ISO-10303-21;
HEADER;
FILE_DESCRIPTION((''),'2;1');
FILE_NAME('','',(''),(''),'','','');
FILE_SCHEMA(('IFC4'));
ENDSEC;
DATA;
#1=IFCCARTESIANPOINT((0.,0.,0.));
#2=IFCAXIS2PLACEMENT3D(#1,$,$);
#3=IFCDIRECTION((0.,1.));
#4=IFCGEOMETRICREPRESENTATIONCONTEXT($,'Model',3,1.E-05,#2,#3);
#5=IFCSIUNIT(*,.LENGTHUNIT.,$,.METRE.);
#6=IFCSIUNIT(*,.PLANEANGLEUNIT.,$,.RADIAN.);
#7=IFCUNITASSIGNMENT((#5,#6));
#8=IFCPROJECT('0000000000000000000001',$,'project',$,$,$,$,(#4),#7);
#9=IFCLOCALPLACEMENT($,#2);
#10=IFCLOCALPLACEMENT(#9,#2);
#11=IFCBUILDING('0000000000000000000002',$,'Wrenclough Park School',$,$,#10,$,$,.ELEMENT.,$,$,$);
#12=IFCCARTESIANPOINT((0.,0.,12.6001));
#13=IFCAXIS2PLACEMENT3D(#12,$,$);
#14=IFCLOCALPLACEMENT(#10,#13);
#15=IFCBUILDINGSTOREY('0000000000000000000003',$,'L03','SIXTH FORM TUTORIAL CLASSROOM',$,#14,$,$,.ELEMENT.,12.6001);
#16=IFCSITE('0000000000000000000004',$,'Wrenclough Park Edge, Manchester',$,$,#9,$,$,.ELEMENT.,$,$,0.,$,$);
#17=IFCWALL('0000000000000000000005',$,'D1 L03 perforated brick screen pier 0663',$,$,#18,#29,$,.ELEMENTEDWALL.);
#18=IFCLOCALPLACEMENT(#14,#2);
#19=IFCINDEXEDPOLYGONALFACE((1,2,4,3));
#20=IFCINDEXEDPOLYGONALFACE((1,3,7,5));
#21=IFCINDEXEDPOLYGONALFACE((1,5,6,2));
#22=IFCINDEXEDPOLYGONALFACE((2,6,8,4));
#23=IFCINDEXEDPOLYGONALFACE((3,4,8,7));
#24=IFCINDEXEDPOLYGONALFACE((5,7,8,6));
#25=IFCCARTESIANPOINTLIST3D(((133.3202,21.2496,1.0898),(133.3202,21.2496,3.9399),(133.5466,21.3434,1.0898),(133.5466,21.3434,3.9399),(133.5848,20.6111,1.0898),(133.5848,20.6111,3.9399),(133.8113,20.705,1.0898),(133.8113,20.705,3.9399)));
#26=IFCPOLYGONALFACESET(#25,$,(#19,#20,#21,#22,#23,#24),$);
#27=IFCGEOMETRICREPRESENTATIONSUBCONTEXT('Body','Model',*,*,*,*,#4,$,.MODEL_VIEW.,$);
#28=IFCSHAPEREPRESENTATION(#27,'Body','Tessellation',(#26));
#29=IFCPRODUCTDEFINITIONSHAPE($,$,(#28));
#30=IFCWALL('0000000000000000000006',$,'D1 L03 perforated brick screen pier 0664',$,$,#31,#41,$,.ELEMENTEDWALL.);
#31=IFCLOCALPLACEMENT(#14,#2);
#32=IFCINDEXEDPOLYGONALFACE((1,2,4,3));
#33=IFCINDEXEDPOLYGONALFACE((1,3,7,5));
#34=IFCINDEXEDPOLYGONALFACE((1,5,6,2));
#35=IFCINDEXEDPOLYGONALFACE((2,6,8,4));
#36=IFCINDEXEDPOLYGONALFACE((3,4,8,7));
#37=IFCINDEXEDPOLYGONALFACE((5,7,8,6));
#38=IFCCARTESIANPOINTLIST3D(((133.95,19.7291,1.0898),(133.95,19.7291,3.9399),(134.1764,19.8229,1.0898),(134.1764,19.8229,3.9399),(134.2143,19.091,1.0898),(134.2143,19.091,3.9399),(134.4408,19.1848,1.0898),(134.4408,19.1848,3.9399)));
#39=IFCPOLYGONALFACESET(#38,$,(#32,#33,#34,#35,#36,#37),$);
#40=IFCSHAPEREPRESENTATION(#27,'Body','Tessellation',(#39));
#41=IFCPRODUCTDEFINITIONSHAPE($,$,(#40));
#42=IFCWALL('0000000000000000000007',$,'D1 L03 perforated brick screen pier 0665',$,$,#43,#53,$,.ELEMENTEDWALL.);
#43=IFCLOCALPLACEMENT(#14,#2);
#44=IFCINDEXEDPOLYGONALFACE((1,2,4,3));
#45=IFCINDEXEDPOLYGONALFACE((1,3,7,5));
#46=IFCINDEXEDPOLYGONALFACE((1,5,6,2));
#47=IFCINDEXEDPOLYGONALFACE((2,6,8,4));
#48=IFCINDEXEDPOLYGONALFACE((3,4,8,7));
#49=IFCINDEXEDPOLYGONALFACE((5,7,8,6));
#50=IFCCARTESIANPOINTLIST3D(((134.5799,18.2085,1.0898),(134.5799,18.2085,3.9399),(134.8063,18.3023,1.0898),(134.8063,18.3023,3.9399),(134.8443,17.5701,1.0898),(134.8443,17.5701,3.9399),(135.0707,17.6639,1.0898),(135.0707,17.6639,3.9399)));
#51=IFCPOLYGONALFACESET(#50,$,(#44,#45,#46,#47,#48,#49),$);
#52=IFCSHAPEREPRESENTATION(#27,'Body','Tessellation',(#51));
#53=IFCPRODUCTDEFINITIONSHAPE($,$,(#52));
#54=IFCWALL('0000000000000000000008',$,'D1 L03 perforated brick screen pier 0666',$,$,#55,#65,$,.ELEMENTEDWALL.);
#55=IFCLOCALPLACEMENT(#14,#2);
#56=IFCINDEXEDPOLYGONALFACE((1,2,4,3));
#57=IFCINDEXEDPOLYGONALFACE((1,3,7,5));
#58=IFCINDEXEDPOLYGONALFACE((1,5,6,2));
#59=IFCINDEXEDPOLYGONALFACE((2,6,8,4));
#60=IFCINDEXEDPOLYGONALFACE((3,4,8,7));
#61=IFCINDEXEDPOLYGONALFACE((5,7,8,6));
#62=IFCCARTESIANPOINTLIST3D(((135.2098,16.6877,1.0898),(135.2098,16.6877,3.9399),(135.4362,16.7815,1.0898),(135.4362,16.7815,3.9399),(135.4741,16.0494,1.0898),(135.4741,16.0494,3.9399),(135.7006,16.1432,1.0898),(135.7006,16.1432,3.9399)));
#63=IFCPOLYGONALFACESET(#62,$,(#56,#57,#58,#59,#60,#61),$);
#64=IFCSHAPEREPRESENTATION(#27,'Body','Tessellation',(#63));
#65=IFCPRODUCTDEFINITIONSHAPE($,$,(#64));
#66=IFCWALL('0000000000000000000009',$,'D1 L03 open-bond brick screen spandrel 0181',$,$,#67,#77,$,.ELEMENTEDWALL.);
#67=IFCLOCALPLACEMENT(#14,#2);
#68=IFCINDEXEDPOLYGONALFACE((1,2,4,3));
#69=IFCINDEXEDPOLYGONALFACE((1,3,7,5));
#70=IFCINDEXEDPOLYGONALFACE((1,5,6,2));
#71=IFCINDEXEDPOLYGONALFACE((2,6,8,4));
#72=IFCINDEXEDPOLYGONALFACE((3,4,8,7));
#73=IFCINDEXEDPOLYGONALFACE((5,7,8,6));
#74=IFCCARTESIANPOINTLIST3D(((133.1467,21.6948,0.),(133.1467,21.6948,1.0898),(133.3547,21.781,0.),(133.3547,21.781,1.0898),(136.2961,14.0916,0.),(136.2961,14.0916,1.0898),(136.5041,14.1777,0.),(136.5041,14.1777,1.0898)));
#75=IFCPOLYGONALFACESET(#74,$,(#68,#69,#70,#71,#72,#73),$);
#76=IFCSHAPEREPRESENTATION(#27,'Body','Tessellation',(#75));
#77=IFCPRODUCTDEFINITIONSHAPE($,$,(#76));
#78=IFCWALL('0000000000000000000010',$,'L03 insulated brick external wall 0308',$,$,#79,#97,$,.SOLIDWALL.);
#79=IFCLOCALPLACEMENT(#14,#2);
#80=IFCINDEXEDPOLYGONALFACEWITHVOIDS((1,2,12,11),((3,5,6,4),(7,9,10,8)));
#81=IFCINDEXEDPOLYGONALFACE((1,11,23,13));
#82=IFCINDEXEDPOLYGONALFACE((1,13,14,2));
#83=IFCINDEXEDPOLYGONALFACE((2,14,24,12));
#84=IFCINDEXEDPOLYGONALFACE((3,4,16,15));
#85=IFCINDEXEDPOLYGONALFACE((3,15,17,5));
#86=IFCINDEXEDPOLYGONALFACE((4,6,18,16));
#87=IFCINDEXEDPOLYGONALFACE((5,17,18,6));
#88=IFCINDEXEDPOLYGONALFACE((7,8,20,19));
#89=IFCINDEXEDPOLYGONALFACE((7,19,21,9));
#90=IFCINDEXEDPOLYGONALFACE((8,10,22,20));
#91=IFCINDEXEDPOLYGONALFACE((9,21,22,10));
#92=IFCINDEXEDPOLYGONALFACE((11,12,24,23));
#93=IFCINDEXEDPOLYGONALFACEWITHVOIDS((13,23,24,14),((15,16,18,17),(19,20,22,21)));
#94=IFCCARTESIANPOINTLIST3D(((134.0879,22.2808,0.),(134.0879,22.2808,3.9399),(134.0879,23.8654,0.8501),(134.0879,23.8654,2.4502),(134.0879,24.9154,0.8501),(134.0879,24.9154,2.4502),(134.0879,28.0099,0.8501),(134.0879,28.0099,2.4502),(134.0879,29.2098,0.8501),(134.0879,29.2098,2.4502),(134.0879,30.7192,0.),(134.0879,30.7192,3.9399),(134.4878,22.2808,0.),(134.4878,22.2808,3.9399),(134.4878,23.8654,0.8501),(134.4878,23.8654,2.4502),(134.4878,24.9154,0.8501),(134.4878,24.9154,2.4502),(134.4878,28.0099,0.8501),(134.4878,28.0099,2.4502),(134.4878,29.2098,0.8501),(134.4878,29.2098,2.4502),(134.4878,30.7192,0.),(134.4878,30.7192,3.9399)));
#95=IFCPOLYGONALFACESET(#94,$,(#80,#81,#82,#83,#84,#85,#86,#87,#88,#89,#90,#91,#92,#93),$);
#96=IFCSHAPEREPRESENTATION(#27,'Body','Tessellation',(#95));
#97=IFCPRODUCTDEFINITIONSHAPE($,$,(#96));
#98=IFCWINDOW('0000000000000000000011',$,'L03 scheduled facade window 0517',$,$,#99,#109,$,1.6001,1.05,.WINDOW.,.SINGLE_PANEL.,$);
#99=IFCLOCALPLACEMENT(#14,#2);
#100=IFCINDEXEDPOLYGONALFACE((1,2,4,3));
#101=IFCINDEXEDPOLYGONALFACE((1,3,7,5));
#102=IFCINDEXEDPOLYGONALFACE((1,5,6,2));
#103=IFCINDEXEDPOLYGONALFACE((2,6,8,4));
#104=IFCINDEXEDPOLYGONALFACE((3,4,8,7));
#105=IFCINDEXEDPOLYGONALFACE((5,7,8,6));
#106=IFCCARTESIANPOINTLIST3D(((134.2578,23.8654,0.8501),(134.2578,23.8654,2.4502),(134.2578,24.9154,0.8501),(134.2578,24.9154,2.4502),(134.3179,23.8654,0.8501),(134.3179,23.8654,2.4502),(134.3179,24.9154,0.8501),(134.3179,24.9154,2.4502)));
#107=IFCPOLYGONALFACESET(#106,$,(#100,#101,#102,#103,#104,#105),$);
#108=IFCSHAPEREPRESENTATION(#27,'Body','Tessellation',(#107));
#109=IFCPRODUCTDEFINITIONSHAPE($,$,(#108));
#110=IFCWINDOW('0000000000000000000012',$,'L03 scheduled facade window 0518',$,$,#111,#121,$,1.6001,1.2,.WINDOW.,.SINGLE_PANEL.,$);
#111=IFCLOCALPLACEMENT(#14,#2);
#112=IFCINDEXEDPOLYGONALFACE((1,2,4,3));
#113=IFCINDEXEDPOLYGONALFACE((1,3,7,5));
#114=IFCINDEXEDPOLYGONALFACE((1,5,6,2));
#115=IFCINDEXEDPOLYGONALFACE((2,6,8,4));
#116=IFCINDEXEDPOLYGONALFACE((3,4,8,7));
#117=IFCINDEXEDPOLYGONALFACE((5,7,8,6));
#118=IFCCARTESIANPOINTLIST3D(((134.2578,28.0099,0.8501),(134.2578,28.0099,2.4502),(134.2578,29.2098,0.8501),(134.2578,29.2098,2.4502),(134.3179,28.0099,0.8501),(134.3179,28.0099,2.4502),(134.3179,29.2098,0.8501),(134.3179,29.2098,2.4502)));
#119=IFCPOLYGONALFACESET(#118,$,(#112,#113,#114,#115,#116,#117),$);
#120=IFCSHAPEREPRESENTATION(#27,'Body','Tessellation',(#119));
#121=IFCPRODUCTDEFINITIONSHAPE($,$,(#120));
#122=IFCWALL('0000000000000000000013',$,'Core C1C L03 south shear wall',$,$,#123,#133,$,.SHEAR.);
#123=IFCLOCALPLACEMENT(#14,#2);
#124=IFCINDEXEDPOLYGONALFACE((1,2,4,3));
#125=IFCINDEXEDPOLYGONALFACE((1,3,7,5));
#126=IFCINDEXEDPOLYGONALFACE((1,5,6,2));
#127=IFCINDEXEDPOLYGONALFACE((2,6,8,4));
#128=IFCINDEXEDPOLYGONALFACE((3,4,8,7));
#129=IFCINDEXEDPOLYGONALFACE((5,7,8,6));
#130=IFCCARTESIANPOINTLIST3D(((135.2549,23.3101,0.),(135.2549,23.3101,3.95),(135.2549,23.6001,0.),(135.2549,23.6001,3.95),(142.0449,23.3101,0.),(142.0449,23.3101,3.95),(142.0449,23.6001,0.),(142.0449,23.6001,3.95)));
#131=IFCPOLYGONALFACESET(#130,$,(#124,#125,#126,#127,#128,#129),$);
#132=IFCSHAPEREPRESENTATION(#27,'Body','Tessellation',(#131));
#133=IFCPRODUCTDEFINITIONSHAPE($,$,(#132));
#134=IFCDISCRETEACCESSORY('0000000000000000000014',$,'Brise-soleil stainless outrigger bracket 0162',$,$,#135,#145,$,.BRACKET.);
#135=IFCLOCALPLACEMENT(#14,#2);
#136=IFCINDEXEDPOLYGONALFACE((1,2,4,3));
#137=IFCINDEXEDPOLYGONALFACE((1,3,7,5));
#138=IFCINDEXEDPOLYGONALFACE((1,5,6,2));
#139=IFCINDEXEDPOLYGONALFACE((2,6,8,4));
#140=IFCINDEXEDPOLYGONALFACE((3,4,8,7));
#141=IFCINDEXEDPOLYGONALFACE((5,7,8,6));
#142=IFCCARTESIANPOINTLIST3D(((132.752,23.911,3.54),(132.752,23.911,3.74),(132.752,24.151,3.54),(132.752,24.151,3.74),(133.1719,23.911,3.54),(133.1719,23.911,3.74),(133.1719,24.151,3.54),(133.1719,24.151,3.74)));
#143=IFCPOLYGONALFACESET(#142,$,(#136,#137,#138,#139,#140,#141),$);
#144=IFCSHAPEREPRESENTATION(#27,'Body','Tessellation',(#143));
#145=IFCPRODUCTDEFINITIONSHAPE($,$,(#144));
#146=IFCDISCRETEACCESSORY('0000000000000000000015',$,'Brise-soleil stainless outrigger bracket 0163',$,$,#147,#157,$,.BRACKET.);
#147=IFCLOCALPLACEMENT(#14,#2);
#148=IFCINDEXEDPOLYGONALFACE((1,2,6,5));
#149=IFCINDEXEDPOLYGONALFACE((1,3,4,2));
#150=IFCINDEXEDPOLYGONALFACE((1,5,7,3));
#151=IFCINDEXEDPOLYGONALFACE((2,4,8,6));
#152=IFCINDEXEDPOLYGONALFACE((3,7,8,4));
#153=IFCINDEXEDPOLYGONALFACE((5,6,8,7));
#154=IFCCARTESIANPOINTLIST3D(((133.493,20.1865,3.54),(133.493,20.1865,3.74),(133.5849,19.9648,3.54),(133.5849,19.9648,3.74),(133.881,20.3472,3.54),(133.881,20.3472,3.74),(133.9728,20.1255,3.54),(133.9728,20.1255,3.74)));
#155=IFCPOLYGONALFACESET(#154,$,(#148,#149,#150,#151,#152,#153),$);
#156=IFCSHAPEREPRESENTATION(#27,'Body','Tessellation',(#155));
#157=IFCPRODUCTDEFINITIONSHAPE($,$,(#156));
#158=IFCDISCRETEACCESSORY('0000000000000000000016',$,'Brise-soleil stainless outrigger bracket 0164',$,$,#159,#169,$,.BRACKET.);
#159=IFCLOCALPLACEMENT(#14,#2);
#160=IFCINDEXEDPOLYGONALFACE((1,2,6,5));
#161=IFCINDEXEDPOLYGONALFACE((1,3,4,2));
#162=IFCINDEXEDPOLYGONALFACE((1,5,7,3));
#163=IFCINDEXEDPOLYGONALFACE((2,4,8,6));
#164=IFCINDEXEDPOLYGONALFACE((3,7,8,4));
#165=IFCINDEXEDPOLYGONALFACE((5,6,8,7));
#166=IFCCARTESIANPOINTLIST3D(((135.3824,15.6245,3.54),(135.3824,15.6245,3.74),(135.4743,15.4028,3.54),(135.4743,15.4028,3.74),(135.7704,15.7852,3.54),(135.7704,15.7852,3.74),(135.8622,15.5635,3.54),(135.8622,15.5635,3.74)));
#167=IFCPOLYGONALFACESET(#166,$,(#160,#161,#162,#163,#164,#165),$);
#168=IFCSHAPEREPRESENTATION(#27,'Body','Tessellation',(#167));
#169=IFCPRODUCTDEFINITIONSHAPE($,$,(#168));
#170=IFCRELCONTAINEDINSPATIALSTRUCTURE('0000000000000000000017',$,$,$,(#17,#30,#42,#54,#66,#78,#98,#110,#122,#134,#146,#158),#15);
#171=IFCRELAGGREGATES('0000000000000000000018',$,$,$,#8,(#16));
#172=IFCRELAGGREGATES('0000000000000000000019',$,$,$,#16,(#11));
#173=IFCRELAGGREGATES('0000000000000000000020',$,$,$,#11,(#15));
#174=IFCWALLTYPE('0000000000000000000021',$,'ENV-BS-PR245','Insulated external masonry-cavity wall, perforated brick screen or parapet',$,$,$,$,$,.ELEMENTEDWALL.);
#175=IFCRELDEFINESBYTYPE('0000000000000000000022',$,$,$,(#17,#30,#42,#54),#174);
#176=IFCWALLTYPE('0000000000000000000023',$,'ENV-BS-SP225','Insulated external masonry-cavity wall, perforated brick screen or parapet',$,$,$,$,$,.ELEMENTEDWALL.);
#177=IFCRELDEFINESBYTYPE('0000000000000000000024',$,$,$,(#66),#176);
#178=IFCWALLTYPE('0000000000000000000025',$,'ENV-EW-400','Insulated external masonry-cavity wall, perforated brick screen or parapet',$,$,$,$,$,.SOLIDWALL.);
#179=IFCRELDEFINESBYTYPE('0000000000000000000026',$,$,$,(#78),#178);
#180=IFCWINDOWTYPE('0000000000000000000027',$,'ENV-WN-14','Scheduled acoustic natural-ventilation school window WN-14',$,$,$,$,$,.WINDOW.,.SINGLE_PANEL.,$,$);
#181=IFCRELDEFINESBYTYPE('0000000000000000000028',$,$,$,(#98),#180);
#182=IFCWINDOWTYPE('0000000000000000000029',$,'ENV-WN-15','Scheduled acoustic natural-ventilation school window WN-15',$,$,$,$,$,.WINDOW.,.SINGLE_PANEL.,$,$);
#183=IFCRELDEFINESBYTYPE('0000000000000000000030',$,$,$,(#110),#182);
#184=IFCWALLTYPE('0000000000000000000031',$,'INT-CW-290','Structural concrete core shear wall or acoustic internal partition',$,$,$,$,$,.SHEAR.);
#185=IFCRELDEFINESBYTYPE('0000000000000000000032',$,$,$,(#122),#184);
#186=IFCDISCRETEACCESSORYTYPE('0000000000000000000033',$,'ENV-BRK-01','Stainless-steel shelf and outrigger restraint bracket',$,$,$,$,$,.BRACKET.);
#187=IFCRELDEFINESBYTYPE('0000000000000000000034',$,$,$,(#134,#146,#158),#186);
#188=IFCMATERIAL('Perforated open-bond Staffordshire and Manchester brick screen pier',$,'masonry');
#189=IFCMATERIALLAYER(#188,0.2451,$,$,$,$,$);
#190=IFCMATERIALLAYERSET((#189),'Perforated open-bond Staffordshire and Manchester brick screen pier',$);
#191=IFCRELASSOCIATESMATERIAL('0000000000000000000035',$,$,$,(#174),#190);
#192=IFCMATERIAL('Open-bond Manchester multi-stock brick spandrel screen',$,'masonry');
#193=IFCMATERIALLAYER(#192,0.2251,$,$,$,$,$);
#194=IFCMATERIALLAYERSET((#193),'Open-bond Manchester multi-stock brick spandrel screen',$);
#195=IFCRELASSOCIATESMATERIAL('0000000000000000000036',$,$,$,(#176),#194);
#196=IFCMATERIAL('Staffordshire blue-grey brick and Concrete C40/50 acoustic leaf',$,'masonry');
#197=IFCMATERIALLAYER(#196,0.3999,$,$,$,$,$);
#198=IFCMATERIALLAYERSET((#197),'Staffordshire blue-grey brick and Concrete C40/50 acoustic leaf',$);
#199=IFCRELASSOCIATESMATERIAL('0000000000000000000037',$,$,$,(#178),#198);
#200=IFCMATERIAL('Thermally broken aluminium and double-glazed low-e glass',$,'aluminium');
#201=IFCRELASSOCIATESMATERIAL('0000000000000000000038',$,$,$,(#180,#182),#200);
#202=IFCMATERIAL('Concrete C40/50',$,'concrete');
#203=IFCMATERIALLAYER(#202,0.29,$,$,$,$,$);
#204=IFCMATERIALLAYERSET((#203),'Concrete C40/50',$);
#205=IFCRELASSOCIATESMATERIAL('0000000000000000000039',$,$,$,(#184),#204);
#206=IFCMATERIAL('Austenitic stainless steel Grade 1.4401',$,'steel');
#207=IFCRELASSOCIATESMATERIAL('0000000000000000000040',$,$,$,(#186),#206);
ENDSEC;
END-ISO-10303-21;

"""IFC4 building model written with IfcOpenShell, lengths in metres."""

from ifc_helpers import new_model, si_unit, direction, frame, frame_2d, origin, origin_2d, place, context, subcontext, project, spatial, rectangle, extrude, material, layer, layer_set, type_object, element, fill, save


model = new_model("IFC4")

# Units and contexts
model_context = context("Model", 3, precision=1e-05, world=origin(), true_north=direction((0.0, 1.0)))
body_context = subcontext(model_context, "Body", "Model", "MODEL_VIEW")
ifc_project = project(units=[si_unit("LENGTHUNIT", "METRE"), si_unit("PLANEANGLEUNIT", "RADIAN")], contexts=[model_context])

# Site, building, storey
site_placement = place(None, origin())
site = spatial("IfcSite", under=ifc_project, at=site_placement, Name="Wrenclough Park Edge, Manchester", CompositionType="ELEMENT", RefElevation=0.0)
building_placement = place(site_placement, origin())
building = spatial("IfcBuilding", under=site, at=building_placement, Name="Wrenclough Park School", CompositionType="ELEMENT")
storey_placement = place(building_placement, frame((0.0, 0.0, 12.6001)))
storey = spatial("IfcBuildingStorey", under=building, at=storey_placement, Name="L03", Description="SIXTH FORM TUTORIAL CLASSROOM", CompositionType="ELEMENT", Elevation=12.6001)

# Shared definitions
ifc_material_1 = material(Name="Concrete C40/50", Category="concrete")

# Walls
ifc_material_2 = material(Name="Perforated open-bond Staffordshire and Manchester brick screen pier", Category="masonry")
ifc_layer_1 = layer(ifc_material_2, 0.2451)
ifc_layer_set_1 = layer_set([ifc_layer_1], Name="Perforated open-bond Staffordshire and Manchester brick screen pier")
wall_type_1 = type_object("IfcWallType", Name="ENV-BS-PR245", Description="Insulated external masonry-cavity wall, perforated brick screen or parapet", PredefinedType="ELEMENTEDWALL", material=ifc_layer_set_1)
wall_1_placement = place(storey_placement, frame((133.4333, 21.2966, 1.0898), z_axis=(0.0, 0.0, 1.0), x_axis=(0.382934, -0.923776, 0.0)))
element("IfcWall", 1, at=wall_1_placement, inside=storey, type_object=wall_type_1, Name="D1 L03 perforated brick screen pier 0663", PredefinedType="ELEMENTEDWALL", context=body_context, shape_type="SweptSolid", body=[
    extrude(rectangle(XDim=0.6912, YDim=0.2451, at=frame_2d((0.3457, 0.0))), origin(), (0.0, 0.0, 1.0), 2.8501),
])
wall_2_placement = place(storey_placement, frame((134.0632, 19.7759, 1.0898), z_axis=(0.0, 0.0, 1.0), x_axis=(0.382758, -0.923849, 0.0)))
element("IfcWall", 2, at=wall_2_placement, inside=storey, type_object=wall_type_1, Name="D1 L03 perforated brick screen pier 0664", PredefinedType="ELEMENTEDWALL", context=body_context, shape_type="SweptSolid", body=[
    extrude(rectangle(XDim=0.6907, YDim=0.2451, at=frame_2d((0.3452, 0.0))), origin(), (0.0, 0.0, 1.0), 2.8501),
])
for number, where, z_axis, x_axis, name in (
    (3, (134.6931, 18.2554, 1.0898), (0.0, 0.0, 1.0), (0.382633, -0.923901, 0.0), "D1 L03 perforated brick screen pier 0665"),
    (4, (135.323, 16.7346, 1.0898), (0.0, 0.0, 1.0), (0.382633, -0.923901, 0.0), "D1 L03 perforated brick screen pier 0666"),
):
    element("IfcWall", number, at=place(storey_placement, frame(where, z_axis=z_axis, x_axis=x_axis)), inside=storey, type_object=wall_type_1, Name=name, PredefinedType="ELEMENTEDWALL", context=body_context, shape_type="SweptSolid", body=[
        extrude(rectangle(XDim=0.6909, YDim=0.2451, at=frame_2d((0.3455, 0.0))), origin(), (0.0, 0.0, 1.0), 2.8501),
    ])
ifc_material_3 = material(Name="Open-bond Manchester multi-stock brick spandrel screen", Category="masonry")
ifc_layer_2 = layer(ifc_material_3, 0.2251)
ifc_layer_set_2 = layer_set([ifc_layer_2], Name="Open-bond Manchester multi-stock brick spandrel screen")
wall_type_2 = type_object("IfcWallType", Name="ENV-BS-SP225", Description="Insulated external masonry-cavity wall, perforated brick screen or parapet", PredefinedType="ELEMENTEDWALL", material=ifc_layer_set_2)
wall_3_placement = place(storey_placement, frame((133.2507, 21.7378, 0.0), z_axis=(0.0, 0.0, 1.0), x_axis=(0.382687, -0.923878, 0.0)))
element("IfcWall", 5, at=wall_3_placement, inside=storey, type_object=wall_type_2, Name="D1 L03 open-bond brick screen spandrel 0181", PredefinedType="ELEMENTEDWALL", context=body_context, shape_type="SweptSolid", body=[
    extrude(rectangle(XDim=8.2297, YDim=0.2251, at=frame_2d((4.1147, 0.0))), origin(), (0.0, 0.0, 1.0), 1.0898),
])

# Wall, openings, windows
ifc_material_4 = material(Name="Staffordshire blue-grey brick and Concrete C40/50 acoustic leaf", Category="masonry")
ifc_layer_3 = layer(ifc_material_4, 0.3999)
ifc_layer_set_3 = layer_set([ifc_layer_3], Name="Staffordshire blue-grey brick and Concrete C40/50 acoustic leaf")
wall_type_3 = type_object("IfcWallType", Name="ENV-EW-400", Description="Insulated external masonry-cavity wall, perforated brick screen or parapet", PredefinedType="SOLIDWALL", material=ifc_layer_set_3)
wall_4_placement = place(storey_placement, frame((134.2878, 22.2808, 0.0), z_axis=(0.0, 0.0, 1.0), x_axis=(0.0, 1.0, 0.0)))
wall_4 = element("IfcWall", 6, at=wall_4_placement, inside=storey, type_object=wall_type_3, Name="L03 insulated brick external wall 0308", PredefinedType="SOLIDWALL", context=body_context, shape_type="SweptSolid", body=[
    extrude(rectangle(XDim=8.4385, YDim=0.3999, at=frame_2d((4.2192, 0.0))), origin(), (0.0, 0.0, 1.0), 3.9399),
])
opening_1_placement = place(wall_4_placement, frame((1.5847, 0.0, 0.8501)))
opening_1 = element("IfcOpeningElement", 7, at=opening_1_placement, cuts=wall_4, PredefinedType="OPENING", context=body_context, shape_type="SweptSolid", body=[
    extrude(rectangle(XDim=1.05, YDim=1.6001, at=frame_2d((0.5249, 0.8))), frame((0.0, 0.21, 0.0), z_axis=(0.0, -1.0, 0.0), x_axis=(1.0, 0.0, 0.0)), (0.0, 0.0, 1.0), 0.4199),
])
opening_2_placement = place(wall_4_placement, frame((5.729, 0.0, 0.8501)))
opening_2 = element("IfcOpeningElement", 8, at=opening_2_placement, cuts=wall_4, PredefinedType="OPENING", context=body_context, shape_type="SweptSolid", body=[
    extrude(rectangle(XDim=1.2, YDim=1.6001, at=frame_2d((0.6001, 0.8))), frame((0.0, 0.21, 0.0), z_axis=(0.0, -1.0, 0.0), x_axis=(1.0, 0.0, 0.0)), (0.0, 0.0, 1.0), 0.4199),
])
ifc_material_5 = material(Name="Thermally broken aluminium and double-glazed low-e glass", Category="aluminium")
window_type_1 = type_object("IfcWindowType", Name="ENV-WN-14", Description="Scheduled acoustic natural-ventilation school window WN-14", PartitioningType="SINGLE_PANEL", PredefinedType="WINDOW", material=ifc_material_5)
window_1_placement = place(opening_1_placement, origin())
window_1 = element("IfcWindow", 9, at=window_1_placement, inside=storey, type_object=window_type_1, Name="L03 scheduled facade window 0517", OverallHeight=1.6001, OverallWidth=1.05, PartitioningType="SINGLE_PANEL", PredefinedType="WINDOW", context=body_context, shape_type="SweptSolid", body=[
    extrude(rectangle(XDim=1.05, YDim=1.6001, at=frame_2d((0.5249, 0.8))), frame((0.0, 0.03, 0.0), z_axis=(0.0, -1.0, 0.0), x_axis=(1.0, 0.0, 0.0)), (0.0, 0.0, 1.0), 0.0601),
])
fill(opening_1, window_1)
window_type_2 = type_object("IfcWindowType", Name="ENV-WN-15", Description="Scheduled acoustic natural-ventilation school window WN-15", PartitioningType="SINGLE_PANEL", PredefinedType="WINDOW", material=ifc_material_5)
window_2_placement = place(opening_2_placement, origin())
window_2 = element("IfcWindow", 10, at=window_2_placement, inside=storey, type_object=window_type_2, Name="L03 scheduled facade window 0518", OverallHeight=1.6001, OverallWidth=1.2, PartitioningType="SINGLE_PANEL", PredefinedType="WINDOW", context=body_context, shape_type="SweptSolid", body=[
    extrude(rectangle(XDim=1.2, YDim=1.6001, at=frame_2d((0.6001, 0.8))), frame((0.0, 0.03, 0.0), z_axis=(0.0, -1.0, 0.0), x_axis=(1.0, 0.0, 0.0)), (0.0, 0.0, 1.0), 0.0601),
])
fill(opening_2, window_2)

# Wall
ifc_layer_4 = layer(ifc_material_1, 0.29)
ifc_layer_set_4 = layer_set([ifc_layer_4], Name="Concrete C40/50")
wall_type_4 = type_object("IfcWallType", Name="INT-CW-290", Description="Structural concrete core shear wall or acoustic internal partition", PredefinedType="SHEAR", material=ifc_layer_set_4)
wall_5_placement = place(storey_placement, frame((135.2549, 23.4551, 0.0), z_axis=(0.0, 0.0, 1.0), x_axis=(1.0, 0.0, 0.0)))
element("IfcWall", 11, at=wall_5_placement, inside=storey, type_object=wall_type_4, Name="Core C1C L03 south shear wall", PredefinedType="SHEAR", context=body_context, shape_type="SweptSolid", body=[
    extrude(rectangle(XDim=6.79, YDim=0.29, at=frame_2d((3.395, 0.0))), origin(), (0.0, 0.0, 1.0), 3.95),
])

# Discrete accessories
ifc_material_6 = material(Name="Austenitic stainless steel Grade 1.4401", Category="steel")
discrete_accessory_type = type_object("IfcDiscreteAccessoryType", Name="ENV-BRK-01", Description="Stainless-steel shelf and outrigger restraint bracket", PredefinedType="BRACKET", material=ifc_material_6)
for number, where, z_axis, x_axis, name in (
    (12, (132.9619, 24.031, 3.54), (0.0, 0.0, 1.0), (0.0, -1.0, 0.0), "Brise-soleil stainless outrigger bracket 0162"),
    (13, (133.7329, 20.156, 3.54), (0.0, 0.0, 1.0), (0.382684, -0.923879, 0.0), "Brise-soleil stainless outrigger bracket 0163"),
    (14, (135.6223, 15.594, 3.54), (0.0, 0.0, 1.0), (0.382684, -0.923879, 0.0), "Brise-soleil stainless outrigger bracket 0164"),
):
    element("IfcDiscreteAccessory", number, at=place(storey_placement, frame(where, z_axis=z_axis, x_axis=x_axis)), inside=storey, type_object=discrete_accessory_type, Name=name, PredefinedType="BRACKET", context=body_context, shape_type="SweptSolid", body=[
        extrude(rectangle(XDim=0.24, YDim=0.4199, at=origin_2d()), origin(), (0.0, 0.0, 1.0), 0.2),
    ])

save(model, "model.ifc")
